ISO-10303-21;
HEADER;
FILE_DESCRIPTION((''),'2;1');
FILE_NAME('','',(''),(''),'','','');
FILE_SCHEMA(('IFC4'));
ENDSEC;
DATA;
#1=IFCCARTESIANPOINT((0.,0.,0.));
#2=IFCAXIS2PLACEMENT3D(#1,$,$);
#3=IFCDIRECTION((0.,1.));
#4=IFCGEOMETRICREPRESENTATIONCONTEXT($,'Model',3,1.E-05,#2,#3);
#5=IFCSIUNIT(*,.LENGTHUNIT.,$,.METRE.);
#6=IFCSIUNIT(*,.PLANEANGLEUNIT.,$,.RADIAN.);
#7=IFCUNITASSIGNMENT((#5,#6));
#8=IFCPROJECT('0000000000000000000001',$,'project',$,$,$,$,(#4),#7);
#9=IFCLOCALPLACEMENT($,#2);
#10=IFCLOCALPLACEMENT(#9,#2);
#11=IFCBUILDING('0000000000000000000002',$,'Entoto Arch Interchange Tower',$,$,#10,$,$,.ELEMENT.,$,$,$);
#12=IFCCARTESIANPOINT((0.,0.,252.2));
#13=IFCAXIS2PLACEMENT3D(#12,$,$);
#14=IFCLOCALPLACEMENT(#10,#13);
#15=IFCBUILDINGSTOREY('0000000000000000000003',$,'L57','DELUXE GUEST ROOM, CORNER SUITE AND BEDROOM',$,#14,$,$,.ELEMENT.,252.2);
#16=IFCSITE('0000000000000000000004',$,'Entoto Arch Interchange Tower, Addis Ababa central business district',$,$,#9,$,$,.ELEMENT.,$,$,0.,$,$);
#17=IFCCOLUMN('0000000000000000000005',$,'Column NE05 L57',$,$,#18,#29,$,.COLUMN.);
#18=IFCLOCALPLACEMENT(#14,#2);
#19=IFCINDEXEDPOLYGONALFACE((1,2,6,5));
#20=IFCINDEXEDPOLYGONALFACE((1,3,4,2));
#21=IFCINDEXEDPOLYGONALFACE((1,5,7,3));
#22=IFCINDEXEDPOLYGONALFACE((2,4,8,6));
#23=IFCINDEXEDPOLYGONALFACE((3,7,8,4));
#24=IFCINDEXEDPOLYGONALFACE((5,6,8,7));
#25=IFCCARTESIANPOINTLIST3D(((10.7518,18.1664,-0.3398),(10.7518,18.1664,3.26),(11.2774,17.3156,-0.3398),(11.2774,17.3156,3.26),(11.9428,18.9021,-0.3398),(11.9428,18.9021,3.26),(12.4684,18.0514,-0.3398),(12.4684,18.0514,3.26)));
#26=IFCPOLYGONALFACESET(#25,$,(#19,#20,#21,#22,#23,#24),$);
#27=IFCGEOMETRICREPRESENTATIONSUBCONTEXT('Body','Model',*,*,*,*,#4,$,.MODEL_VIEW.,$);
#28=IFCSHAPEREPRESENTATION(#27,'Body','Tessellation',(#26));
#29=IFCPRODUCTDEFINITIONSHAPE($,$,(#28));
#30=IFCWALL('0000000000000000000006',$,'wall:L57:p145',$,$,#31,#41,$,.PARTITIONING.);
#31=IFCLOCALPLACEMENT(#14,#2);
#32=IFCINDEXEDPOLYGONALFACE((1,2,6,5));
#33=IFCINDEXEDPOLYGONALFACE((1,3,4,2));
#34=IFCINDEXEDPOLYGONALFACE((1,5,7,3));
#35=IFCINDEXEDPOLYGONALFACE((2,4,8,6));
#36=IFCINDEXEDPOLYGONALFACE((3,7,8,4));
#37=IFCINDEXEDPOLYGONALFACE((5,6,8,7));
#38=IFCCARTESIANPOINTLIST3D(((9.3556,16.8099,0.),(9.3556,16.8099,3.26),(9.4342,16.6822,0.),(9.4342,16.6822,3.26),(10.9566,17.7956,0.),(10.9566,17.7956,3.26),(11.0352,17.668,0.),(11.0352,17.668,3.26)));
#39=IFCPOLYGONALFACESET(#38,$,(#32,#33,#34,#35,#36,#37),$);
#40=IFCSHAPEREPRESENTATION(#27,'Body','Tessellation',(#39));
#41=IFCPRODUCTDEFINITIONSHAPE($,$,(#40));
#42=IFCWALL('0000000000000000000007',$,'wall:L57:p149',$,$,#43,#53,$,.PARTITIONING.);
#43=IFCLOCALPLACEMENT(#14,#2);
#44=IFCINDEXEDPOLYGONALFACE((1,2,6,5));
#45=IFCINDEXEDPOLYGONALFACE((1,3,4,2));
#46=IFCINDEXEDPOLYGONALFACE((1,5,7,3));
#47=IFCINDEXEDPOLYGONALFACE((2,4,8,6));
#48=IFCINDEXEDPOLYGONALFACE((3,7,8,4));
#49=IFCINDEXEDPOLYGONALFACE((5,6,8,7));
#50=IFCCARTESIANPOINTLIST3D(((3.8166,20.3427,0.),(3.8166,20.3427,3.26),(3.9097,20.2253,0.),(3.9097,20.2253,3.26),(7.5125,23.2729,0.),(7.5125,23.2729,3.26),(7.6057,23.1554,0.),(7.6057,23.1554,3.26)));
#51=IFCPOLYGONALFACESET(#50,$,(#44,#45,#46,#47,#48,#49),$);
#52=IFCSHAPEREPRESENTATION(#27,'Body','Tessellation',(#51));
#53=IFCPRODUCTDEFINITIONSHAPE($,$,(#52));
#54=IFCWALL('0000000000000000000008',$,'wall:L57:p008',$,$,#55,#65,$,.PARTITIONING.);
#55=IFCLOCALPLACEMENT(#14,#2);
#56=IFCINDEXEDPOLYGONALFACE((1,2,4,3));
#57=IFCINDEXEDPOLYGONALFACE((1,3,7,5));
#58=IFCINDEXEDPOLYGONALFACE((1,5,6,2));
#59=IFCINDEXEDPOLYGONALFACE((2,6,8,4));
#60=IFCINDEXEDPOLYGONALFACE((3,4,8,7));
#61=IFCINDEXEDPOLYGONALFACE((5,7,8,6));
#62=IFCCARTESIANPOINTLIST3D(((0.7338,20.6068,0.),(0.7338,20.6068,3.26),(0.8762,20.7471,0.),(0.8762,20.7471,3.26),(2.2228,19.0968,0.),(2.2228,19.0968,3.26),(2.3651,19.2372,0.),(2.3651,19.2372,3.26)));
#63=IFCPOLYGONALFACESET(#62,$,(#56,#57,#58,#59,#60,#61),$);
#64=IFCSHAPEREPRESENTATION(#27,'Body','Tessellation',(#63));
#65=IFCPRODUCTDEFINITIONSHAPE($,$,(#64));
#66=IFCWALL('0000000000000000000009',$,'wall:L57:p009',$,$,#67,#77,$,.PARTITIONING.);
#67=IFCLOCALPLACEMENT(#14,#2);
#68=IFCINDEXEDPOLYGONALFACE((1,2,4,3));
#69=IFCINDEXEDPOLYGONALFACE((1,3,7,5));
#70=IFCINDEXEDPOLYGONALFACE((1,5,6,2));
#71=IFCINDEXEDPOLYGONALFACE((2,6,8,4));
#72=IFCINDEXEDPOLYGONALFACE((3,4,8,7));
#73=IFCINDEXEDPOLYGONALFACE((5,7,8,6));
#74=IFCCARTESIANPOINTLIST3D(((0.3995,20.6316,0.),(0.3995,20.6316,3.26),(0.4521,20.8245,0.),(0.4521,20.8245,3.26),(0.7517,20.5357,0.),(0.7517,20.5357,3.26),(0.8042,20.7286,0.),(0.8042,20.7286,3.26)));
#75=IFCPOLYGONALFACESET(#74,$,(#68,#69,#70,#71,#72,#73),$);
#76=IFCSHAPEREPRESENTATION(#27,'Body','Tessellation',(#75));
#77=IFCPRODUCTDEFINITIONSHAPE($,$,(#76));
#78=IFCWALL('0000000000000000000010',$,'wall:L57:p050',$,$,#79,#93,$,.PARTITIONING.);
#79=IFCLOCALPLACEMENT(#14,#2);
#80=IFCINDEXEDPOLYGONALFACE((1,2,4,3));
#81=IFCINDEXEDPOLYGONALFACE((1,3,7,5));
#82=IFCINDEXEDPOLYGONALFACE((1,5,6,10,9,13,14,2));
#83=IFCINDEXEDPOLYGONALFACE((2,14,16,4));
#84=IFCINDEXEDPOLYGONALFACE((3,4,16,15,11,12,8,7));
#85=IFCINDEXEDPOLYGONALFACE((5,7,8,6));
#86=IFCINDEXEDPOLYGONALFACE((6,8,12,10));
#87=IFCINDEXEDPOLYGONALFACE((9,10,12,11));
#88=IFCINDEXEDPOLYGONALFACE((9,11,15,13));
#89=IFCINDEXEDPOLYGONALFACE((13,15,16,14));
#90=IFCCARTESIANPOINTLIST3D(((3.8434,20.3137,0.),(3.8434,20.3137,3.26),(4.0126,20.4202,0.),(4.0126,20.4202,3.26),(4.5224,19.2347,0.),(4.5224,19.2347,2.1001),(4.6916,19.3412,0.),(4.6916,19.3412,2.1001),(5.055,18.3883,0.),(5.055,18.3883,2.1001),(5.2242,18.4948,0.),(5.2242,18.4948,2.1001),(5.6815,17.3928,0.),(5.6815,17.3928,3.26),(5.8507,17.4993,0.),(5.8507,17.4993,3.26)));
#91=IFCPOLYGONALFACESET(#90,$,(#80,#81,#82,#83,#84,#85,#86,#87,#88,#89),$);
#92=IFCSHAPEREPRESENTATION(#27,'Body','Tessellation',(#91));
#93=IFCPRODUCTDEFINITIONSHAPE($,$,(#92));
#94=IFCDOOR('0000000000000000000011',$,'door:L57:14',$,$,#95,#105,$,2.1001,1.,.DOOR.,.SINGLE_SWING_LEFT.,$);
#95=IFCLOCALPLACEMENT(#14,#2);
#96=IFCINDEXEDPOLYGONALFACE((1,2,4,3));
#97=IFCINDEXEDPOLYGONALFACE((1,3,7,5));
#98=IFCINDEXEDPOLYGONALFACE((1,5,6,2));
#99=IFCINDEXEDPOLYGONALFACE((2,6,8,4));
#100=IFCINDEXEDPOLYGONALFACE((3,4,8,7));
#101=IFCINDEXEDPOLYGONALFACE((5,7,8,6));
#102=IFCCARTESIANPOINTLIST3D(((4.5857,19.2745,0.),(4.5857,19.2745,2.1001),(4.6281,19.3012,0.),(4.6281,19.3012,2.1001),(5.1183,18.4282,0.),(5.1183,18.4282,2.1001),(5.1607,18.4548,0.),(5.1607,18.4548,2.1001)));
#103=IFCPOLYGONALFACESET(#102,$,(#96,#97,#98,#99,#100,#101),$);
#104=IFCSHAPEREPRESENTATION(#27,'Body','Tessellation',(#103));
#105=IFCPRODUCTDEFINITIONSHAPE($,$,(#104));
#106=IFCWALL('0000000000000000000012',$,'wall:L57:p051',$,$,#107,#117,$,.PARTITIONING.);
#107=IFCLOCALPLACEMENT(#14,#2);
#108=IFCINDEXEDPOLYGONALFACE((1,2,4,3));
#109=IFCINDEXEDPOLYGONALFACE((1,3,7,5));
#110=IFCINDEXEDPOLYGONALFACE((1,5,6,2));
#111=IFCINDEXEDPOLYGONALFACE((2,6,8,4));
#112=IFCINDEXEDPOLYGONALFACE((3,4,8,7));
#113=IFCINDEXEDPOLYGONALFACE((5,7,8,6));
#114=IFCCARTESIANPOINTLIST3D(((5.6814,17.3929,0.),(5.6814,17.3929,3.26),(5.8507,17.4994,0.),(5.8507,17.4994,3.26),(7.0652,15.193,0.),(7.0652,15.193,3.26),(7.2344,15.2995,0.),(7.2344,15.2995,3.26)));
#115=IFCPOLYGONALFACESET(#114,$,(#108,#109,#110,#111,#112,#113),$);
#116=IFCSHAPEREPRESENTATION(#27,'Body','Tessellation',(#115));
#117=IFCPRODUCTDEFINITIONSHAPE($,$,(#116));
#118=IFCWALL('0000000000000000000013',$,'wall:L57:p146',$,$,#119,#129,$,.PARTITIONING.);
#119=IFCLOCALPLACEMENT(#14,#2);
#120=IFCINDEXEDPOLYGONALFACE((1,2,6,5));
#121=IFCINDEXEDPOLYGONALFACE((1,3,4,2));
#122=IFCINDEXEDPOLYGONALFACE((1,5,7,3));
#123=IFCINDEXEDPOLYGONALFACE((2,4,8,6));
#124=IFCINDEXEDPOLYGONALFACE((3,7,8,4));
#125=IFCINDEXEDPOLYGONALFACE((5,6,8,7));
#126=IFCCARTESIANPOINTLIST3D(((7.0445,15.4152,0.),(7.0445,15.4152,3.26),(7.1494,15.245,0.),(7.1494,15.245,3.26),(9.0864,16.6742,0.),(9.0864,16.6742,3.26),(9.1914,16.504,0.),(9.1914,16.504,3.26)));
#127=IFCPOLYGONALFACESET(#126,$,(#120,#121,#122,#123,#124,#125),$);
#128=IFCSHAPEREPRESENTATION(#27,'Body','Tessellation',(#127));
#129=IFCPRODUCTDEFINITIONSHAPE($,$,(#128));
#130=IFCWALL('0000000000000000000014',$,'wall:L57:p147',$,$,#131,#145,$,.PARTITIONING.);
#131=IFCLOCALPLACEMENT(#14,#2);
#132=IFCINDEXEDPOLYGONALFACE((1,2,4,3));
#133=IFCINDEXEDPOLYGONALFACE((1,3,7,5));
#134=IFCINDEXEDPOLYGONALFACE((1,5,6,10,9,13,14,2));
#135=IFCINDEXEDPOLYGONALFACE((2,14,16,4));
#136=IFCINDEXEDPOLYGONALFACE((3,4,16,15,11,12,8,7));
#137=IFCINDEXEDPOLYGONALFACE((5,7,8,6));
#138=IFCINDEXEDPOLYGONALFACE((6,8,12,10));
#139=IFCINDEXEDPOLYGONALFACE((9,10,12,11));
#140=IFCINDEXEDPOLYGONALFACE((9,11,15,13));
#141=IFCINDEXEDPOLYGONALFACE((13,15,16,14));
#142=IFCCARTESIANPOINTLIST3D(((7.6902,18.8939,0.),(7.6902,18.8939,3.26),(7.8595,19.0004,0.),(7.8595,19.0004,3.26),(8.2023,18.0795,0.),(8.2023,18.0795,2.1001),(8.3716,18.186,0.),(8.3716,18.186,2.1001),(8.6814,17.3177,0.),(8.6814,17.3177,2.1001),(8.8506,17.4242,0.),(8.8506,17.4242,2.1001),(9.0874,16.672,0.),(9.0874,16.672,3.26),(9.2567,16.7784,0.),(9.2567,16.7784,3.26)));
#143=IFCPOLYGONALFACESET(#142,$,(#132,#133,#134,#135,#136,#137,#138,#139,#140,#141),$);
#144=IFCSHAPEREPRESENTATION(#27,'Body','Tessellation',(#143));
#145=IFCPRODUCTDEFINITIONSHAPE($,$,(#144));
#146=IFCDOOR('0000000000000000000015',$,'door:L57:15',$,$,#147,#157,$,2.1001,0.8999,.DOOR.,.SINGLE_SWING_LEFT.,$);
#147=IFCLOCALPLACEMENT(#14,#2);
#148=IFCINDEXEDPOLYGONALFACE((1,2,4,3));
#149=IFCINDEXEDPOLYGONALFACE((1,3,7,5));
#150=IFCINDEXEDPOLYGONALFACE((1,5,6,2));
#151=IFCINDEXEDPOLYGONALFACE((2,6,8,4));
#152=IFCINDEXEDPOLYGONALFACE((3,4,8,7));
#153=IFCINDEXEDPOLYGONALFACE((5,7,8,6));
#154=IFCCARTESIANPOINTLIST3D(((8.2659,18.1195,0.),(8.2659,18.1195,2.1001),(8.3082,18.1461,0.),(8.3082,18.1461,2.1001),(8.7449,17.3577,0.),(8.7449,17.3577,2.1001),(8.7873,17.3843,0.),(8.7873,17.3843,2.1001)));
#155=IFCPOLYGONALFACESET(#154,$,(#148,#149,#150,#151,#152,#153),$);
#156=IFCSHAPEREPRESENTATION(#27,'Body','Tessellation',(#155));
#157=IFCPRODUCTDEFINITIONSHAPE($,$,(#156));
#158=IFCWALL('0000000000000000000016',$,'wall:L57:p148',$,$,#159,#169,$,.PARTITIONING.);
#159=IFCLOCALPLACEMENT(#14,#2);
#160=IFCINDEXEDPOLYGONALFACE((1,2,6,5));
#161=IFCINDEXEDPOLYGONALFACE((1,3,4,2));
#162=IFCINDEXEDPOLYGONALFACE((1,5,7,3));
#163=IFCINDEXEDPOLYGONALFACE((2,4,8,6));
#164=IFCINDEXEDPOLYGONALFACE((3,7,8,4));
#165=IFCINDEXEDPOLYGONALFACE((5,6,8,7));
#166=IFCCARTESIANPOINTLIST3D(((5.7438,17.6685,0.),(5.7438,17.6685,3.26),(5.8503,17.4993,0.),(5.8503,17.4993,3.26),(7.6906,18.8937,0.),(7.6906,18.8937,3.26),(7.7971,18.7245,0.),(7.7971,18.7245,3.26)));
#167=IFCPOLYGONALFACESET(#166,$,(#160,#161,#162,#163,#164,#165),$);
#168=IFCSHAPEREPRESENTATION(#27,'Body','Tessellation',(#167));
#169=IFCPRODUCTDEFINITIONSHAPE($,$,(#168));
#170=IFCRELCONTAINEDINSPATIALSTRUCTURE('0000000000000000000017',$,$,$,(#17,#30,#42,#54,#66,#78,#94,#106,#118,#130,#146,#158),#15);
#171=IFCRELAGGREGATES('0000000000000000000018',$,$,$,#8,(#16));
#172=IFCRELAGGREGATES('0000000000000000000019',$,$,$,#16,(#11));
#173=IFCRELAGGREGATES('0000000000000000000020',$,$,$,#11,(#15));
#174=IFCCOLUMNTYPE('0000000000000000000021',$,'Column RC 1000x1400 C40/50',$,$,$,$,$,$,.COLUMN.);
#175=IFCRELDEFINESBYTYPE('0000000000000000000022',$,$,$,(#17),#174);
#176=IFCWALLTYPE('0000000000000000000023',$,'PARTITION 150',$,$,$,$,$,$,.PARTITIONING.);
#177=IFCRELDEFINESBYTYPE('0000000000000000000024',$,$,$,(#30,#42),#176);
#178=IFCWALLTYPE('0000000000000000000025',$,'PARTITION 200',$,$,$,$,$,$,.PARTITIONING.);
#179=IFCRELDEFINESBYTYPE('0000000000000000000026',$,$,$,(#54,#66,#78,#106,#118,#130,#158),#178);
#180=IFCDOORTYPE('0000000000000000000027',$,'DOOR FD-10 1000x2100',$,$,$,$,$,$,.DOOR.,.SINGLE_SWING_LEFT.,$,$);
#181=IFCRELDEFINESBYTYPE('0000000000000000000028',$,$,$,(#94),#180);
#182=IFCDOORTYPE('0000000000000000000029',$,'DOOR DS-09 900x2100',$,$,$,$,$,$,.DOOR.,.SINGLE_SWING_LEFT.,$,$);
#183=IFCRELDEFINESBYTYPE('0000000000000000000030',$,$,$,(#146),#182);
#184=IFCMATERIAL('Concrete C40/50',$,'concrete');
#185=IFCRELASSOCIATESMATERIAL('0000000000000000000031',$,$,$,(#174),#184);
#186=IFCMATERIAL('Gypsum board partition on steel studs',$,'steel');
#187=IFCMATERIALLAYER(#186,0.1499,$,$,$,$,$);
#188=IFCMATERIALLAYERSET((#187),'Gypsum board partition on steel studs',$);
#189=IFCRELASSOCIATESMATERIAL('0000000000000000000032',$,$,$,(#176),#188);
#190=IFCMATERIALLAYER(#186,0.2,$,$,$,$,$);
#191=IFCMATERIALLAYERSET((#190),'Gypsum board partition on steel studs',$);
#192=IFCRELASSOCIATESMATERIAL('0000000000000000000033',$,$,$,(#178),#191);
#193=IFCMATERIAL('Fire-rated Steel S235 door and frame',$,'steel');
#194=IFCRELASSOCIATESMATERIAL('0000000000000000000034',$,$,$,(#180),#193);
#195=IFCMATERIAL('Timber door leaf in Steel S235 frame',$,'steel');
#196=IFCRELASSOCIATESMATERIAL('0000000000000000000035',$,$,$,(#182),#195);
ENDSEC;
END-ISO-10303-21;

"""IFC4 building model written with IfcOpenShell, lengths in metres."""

from ifc_helpers import new_model, si_unit, direction, frame, frame_2d, origin, origin_2d, place, context, subcontext, project, spatial, rectangle, extrude, material, layer, layer_set, material_profile, profile_set, type_object, element, fill, save


model = new_model("IFC4")

# Units and contexts
model_context = context("Model", 3, precision=1e-05, world=origin(), true_north=direction((0.0, 1.0)))
body_context = subcontext(model_context, "Body", "Model", "MODEL_VIEW")
ifc_project = project(units=[si_unit("LENGTHUNIT", "METRE"), si_unit("PLANEANGLEUNIT", "RADIAN")], contexts=[model_context])

# Site, building, storey
site_placement = place(None, origin())
site = spatial("IfcSite", under=ifc_project, at=site_placement, Name="Entoto Arch Interchange Tower, Addis Ababa central business district", CompositionType="ELEMENT", RefElevation=0.0)
building_placement = place(site_placement, origin())
building = spatial("IfcBuilding", under=site, at=building_placement, Name="Entoto Arch Interchange Tower", CompositionType="ELEMENT")
storey_placement = place(building_placement, frame((0.0, 0.0, 252.2)))
storey = spatial("IfcBuildingStorey", under=building, at=storey_placement, Name="L57", Description="DELUXE GUEST ROOM, CORNER SUITE AND BEDROOM", CompositionType="ELEMENT", Elevation=252.2)

# Column
ifc_material_1 = material(Name="Concrete C40/50", Category="concrete")
ifc_material_profile = material_profile(ifc_material_1, rectangle(XDim=1.0, YDim=1.3999, at=origin_2d()))
ifc_profile_set = profile_set([ifc_material_profile], Name="Concrete C40/50")
column_type = type_object("IfcColumnType", Name="Column RC 1000x1400 C40/50", PredefinedType="COLUMN", material=ifc_profile_set)
column_placement = place(storey_placement, frame((11.6101, 18.1089, -0.3398), z_axis=(0.0, 0.0, 1.0), x_axis=(-0.525576, 0.850747, 0.0)))
element("IfcColumn", 1, at=column_placement, inside=storey, type_object=column_type, Name="Column NE05 L57", PredefinedType="COLUMN", context=body_context, shape_type="SweptSolid", body=[
    extrude(rectangle(XDim=1.0, YDim=1.3999, at=origin_2d()), origin(), (0.0, 0.0, 1.0), 3.5999),
])

# Walls
ifc_material_2 = material(Name="Gypsum board partition on steel studs", Category="steel")
ifc_layer_1 = layer(ifc_material_2, 0.1499)
ifc_layer_set_1 = layer_set([ifc_layer_1], Name="Gypsum board partition on steel studs")
wall_type_1 = type_object("IfcWallType", Name="PARTITION 150", PredefinedType="PARTITIONING", material=ifc_layer_set_1)
wall_1_placement = place(storey_placement, frame((9.395, 16.7461, 0.0), z_axis=(0.0, 0.0, 1.0), x_axis=(0.851525, 0.524315, 0.0)))
element("IfcWall", 2, at=wall_1_placement, inside=storey, type_object=wall_type_1, Name="wall:L57:p145", PredefinedType="PARTITIONING", context=body_context, shape_type="SweptSolid", body=[
    extrude(rectangle(XDim=1.8801, YDim=0.1499, at=frame_2d((0.9399, 0.0))), origin(), (0.0, 0.0, 1.0), 3.26),
])
wall_2_placement = place(storey_placement, frame((3.863, 20.2839, 0.0), z_axis=(0.0, 0.0, 1.0), x_axis=(0.783618, 0.621242, 0.0)))
element("IfcWall", 3, at=wall_2_placement, inside=storey, type_object=wall_type_1, Name="wall:L57:p149", PredefinedType="PARTITIONING", context=body_context, shape_type="SweptSolid", body=[
    extrude(rectangle(XDim=4.7166, YDim=0.1499, at=frame_2d((2.3584, 0.0))), origin(), (0.0, 0.0, 1.0), 3.26),
])
ifc_layer_2 = layer(ifc_material_2, 0.2)
ifc_layer_set_2 = layer_set([ifc_layer_2], Name="Gypsum board partition on steel studs")
wall_type_2 = type_object("IfcWallType", Name="PARTITION 200", PredefinedType="PARTITIONING", material=ifc_layer_set_2)
wall_3_placement = place(storey_placement, frame((2.2939, 19.167, 0.0), z_axis=(0.0, 0.0, 1.0), x_axis=(-0.702139, 0.71204, 0.0)))
element("IfcWall", 4, at=wall_3_placement, inside=storey, type_object=wall_type_2, Name="wall:L57:p008", PredefinedType="PARTITIONING", context=body_context, shape_type="SweptSolid", body=[
    extrude(rectangle(XDim=2.1206, YDim=0.2, at=frame_2d((1.0603, 0.0))), origin(), (0.0, 0.0, 1.0), 3.26),
])
wall_4_placement = place(storey_placement, frame((0.7781, 20.6321, 0.0), z_axis=(0.0, 0.0, 1.0), x_axis=(-0.96481, 0.262948, 0.0)))
element("IfcWall", 5, at=wall_4_placement, inside=storey, type_object=wall_type_2, Name="wall:L57:p009", PredefinedType="PARTITIONING", context=body_context, shape_type="SweptSolid", body=[
    extrude(rectangle(XDim=0.365, YDim=0.2, at=frame_2d((0.1826, 0.0))), origin(), (0.0, 0.0, 1.0), 3.26),
])

# Wall, opening, door
wall_5_placement = place(storey_placement, frame((3.928, 20.3669, 0.0), z_axis=(0.0, 0.0, 1.0), x_axis=(0.532616, -0.846357, 0.0)))
wall_5 = element("IfcWall", 6, at=wall_5_placement, inside=storey, type_object=wall_type_2, Name="wall:L57:p050", PredefinedType="PARTITIONING", context=body_context, shape_type="SweptSolid", body=[
    extrude(rectangle(XDim=3.4512, YDim=0.2, at=frame_2d((1.7256, 0.0))), origin(), (0.0, 0.0, 1.0), 3.26),
])
opening_1_placement = place(wall_5_placement, frame((1.2749, 0.0, 0.0)))
opening_1 = element("IfcOpeningElement", 7, at=opening_1_placement, cuts=wall_5, PredefinedType="OPENING", context=body_context, shape_type="SweptSolid", body=[
    extrude(rectangle(XDim=1.0, YDim=2.1001, at=frame_2d((0.5, 1.05))), frame((0.0, 0.1099, 0.0), z_axis=(0.0, -1.0, 0.0), x_axis=(1.0, 0.0, 0.0)), (0.0, 0.0, 1.0), 0.22),
])
ifc_material_3 = material(Name="Fire-rated Steel S235 door and frame", Category="steel")
door_type_1 = type_object("IfcDoorType", Name="DOOR FD-10 1000x2100", OperationType="SINGLE_SWING_LEFT", PredefinedType="DOOR", material=ifc_material_3)
door_1_placement = place(opening_1_placement, origin())
door_1 = element("IfcDoor", 8, at=door_1_placement, inside=storey, type_object=door_type_1, Name="door:L57:14", OperationType="SINGLE_SWING_LEFT", OverallHeight=2.1001, OverallWidth=1.0, PredefinedType="DOOR", context=body_context, shape_type="SweptSolid", body=[
    extrude(rectangle(XDim=1.0, YDim=2.1001, at=frame_2d((0.5, 1.05))), frame((0.0, 0.0249, 0.0), z_axis=(0.0, -1.0, 0.0), x_axis=(1.0, 0.0, 0.0)), (0.0, 0.0, 1.0), 0.05),
])
fill(opening_1, door_1)

# Walls
wall_6_placement = place(storey_placement, frame((5.7661, 17.446, 0.0), z_axis=(0.0, 0.0, 1.0), x_axis=(0.532437, -0.84647, 0.0)))
element("IfcWall", 9, at=wall_6_placement, inside=storey, type_object=wall_type_2, Name="wall:L57:p051", PredefinedType="PARTITIONING", context=body_context, shape_type="SweptSolid", body=[
    extrude(rectangle(XDim=2.5989, YDim=0.2, at=frame_2d((1.2993, 0.0))), origin(), (0.0, 0.0, 1.0), 3.26),
])
wall_7_placement = place(storey_placement, frame((7.0969, 15.3301, 0.0), z_axis=(0.0, 0.0, 1.0), x_axis=(0.851207, 0.52483, 0.0)))
element("IfcWall", 10, at=wall_7_placement, inside=storey, type_object=wall_type_2, Name="wall:L57:p146", PredefinedType="PARTITIONING", context=body_context, shape_type="SweptSolid", body=[
    extrude(rectangle(XDim=2.3989, YDim=0.2, at=frame_2d((1.1995, 0.0))), origin(), (0.0, 0.0, 1.0), 3.26),
])

# Wall, opening, door
wall_8_placement = place(storey_placement, frame((9.1721, 16.7251, 0.0), z_axis=(0.0, 0.0, 1.0), x_axis=(-0.53233, 0.846537, 0.0)))
wall_8 = element("IfcWall", 11, at=wall_8_placement, inside=storey, type_object=wall_type_2, Name="wall:L57:p147", PredefinedType="PARTITIONING", context=body_context, shape_type="SweptSolid", body=[
    extrude(rectangle(XDim=2.6248, YDim=0.2, at=frame_2d((1.3125, 0.0))), origin(), (0.0, 0.0, 1.0), 3.26),
])
opening_2_placement = place(wall_8_placement, frame((0.7629, 0.0, 0.0)))
opening_2 = element("IfcOpeningElement", 12, at=opening_2_placement, cuts=wall_8, PredefinedType="OPENING", context=body_context, shape_type="SweptSolid", body=[
    extrude(rectangle(XDim=0.8999, YDim=2.1001, at=frame_2d((0.45, 1.05))), frame((0.0, 0.1099, 0.0), z_axis=(0.0, -1.0, 0.0), x_axis=(1.0, 0.0, 0.0)), (0.0, 0.0, 1.0), 0.22),
])
ifc_material_4 = material(Name="Timber door leaf in Steel S235 frame", Category="steel")
door_type_2 = type_object("IfcDoorType", Name="DOOR DS-09 900x2100", OperationType="SINGLE_SWING_LEFT", PredefinedType="DOOR", material=ifc_material_4)
door_2_placement = place(opening_2_placement, origin())
door_2 = element("IfcDoor", 13, at=door_2_placement, inside=storey, type_object=door_type_2, Name="door:L57:15", OperationType="SINGLE_SWING_LEFT", OverallHeight=2.1001, OverallWidth=0.8999, PredefinedType="DOOR", context=body_context, shape_type="SweptSolid", body=[
    extrude(rectangle(XDim=0.8999, YDim=2.1001, at=frame_2d((0.45, 1.05))), frame((0.0, 0.0249, 0.0), z_axis=(0.0, -1.0, 0.0), x_axis=(1.0, 0.0, 0.0)), (0.0, 0.0, 1.0), 0.05),
])
fill(opening_2, door_2)

# Wall
wall_9_placement = place(storey_placement, frame((7.7439, 18.8091, 0.0), z_axis=(0.0, 0.0, 1.0), x_axis=(-0.84636, -0.532611, 0.0)))
element("IfcWall", 14, at=wall_9_placement, inside=storey, type_object=wall_type_2, Name="wall:L57:p148", PredefinedType="PARTITIONING", context=body_context, shape_type="SweptSolid", body=[
    extrude(rectangle(XDim=2.3003, YDim=0.2, at=frame_2d((1.1501, 0.0))), origin(), (0.0, 0.0, 1.0), 3.26),
])

save(model, "model.ifc")
